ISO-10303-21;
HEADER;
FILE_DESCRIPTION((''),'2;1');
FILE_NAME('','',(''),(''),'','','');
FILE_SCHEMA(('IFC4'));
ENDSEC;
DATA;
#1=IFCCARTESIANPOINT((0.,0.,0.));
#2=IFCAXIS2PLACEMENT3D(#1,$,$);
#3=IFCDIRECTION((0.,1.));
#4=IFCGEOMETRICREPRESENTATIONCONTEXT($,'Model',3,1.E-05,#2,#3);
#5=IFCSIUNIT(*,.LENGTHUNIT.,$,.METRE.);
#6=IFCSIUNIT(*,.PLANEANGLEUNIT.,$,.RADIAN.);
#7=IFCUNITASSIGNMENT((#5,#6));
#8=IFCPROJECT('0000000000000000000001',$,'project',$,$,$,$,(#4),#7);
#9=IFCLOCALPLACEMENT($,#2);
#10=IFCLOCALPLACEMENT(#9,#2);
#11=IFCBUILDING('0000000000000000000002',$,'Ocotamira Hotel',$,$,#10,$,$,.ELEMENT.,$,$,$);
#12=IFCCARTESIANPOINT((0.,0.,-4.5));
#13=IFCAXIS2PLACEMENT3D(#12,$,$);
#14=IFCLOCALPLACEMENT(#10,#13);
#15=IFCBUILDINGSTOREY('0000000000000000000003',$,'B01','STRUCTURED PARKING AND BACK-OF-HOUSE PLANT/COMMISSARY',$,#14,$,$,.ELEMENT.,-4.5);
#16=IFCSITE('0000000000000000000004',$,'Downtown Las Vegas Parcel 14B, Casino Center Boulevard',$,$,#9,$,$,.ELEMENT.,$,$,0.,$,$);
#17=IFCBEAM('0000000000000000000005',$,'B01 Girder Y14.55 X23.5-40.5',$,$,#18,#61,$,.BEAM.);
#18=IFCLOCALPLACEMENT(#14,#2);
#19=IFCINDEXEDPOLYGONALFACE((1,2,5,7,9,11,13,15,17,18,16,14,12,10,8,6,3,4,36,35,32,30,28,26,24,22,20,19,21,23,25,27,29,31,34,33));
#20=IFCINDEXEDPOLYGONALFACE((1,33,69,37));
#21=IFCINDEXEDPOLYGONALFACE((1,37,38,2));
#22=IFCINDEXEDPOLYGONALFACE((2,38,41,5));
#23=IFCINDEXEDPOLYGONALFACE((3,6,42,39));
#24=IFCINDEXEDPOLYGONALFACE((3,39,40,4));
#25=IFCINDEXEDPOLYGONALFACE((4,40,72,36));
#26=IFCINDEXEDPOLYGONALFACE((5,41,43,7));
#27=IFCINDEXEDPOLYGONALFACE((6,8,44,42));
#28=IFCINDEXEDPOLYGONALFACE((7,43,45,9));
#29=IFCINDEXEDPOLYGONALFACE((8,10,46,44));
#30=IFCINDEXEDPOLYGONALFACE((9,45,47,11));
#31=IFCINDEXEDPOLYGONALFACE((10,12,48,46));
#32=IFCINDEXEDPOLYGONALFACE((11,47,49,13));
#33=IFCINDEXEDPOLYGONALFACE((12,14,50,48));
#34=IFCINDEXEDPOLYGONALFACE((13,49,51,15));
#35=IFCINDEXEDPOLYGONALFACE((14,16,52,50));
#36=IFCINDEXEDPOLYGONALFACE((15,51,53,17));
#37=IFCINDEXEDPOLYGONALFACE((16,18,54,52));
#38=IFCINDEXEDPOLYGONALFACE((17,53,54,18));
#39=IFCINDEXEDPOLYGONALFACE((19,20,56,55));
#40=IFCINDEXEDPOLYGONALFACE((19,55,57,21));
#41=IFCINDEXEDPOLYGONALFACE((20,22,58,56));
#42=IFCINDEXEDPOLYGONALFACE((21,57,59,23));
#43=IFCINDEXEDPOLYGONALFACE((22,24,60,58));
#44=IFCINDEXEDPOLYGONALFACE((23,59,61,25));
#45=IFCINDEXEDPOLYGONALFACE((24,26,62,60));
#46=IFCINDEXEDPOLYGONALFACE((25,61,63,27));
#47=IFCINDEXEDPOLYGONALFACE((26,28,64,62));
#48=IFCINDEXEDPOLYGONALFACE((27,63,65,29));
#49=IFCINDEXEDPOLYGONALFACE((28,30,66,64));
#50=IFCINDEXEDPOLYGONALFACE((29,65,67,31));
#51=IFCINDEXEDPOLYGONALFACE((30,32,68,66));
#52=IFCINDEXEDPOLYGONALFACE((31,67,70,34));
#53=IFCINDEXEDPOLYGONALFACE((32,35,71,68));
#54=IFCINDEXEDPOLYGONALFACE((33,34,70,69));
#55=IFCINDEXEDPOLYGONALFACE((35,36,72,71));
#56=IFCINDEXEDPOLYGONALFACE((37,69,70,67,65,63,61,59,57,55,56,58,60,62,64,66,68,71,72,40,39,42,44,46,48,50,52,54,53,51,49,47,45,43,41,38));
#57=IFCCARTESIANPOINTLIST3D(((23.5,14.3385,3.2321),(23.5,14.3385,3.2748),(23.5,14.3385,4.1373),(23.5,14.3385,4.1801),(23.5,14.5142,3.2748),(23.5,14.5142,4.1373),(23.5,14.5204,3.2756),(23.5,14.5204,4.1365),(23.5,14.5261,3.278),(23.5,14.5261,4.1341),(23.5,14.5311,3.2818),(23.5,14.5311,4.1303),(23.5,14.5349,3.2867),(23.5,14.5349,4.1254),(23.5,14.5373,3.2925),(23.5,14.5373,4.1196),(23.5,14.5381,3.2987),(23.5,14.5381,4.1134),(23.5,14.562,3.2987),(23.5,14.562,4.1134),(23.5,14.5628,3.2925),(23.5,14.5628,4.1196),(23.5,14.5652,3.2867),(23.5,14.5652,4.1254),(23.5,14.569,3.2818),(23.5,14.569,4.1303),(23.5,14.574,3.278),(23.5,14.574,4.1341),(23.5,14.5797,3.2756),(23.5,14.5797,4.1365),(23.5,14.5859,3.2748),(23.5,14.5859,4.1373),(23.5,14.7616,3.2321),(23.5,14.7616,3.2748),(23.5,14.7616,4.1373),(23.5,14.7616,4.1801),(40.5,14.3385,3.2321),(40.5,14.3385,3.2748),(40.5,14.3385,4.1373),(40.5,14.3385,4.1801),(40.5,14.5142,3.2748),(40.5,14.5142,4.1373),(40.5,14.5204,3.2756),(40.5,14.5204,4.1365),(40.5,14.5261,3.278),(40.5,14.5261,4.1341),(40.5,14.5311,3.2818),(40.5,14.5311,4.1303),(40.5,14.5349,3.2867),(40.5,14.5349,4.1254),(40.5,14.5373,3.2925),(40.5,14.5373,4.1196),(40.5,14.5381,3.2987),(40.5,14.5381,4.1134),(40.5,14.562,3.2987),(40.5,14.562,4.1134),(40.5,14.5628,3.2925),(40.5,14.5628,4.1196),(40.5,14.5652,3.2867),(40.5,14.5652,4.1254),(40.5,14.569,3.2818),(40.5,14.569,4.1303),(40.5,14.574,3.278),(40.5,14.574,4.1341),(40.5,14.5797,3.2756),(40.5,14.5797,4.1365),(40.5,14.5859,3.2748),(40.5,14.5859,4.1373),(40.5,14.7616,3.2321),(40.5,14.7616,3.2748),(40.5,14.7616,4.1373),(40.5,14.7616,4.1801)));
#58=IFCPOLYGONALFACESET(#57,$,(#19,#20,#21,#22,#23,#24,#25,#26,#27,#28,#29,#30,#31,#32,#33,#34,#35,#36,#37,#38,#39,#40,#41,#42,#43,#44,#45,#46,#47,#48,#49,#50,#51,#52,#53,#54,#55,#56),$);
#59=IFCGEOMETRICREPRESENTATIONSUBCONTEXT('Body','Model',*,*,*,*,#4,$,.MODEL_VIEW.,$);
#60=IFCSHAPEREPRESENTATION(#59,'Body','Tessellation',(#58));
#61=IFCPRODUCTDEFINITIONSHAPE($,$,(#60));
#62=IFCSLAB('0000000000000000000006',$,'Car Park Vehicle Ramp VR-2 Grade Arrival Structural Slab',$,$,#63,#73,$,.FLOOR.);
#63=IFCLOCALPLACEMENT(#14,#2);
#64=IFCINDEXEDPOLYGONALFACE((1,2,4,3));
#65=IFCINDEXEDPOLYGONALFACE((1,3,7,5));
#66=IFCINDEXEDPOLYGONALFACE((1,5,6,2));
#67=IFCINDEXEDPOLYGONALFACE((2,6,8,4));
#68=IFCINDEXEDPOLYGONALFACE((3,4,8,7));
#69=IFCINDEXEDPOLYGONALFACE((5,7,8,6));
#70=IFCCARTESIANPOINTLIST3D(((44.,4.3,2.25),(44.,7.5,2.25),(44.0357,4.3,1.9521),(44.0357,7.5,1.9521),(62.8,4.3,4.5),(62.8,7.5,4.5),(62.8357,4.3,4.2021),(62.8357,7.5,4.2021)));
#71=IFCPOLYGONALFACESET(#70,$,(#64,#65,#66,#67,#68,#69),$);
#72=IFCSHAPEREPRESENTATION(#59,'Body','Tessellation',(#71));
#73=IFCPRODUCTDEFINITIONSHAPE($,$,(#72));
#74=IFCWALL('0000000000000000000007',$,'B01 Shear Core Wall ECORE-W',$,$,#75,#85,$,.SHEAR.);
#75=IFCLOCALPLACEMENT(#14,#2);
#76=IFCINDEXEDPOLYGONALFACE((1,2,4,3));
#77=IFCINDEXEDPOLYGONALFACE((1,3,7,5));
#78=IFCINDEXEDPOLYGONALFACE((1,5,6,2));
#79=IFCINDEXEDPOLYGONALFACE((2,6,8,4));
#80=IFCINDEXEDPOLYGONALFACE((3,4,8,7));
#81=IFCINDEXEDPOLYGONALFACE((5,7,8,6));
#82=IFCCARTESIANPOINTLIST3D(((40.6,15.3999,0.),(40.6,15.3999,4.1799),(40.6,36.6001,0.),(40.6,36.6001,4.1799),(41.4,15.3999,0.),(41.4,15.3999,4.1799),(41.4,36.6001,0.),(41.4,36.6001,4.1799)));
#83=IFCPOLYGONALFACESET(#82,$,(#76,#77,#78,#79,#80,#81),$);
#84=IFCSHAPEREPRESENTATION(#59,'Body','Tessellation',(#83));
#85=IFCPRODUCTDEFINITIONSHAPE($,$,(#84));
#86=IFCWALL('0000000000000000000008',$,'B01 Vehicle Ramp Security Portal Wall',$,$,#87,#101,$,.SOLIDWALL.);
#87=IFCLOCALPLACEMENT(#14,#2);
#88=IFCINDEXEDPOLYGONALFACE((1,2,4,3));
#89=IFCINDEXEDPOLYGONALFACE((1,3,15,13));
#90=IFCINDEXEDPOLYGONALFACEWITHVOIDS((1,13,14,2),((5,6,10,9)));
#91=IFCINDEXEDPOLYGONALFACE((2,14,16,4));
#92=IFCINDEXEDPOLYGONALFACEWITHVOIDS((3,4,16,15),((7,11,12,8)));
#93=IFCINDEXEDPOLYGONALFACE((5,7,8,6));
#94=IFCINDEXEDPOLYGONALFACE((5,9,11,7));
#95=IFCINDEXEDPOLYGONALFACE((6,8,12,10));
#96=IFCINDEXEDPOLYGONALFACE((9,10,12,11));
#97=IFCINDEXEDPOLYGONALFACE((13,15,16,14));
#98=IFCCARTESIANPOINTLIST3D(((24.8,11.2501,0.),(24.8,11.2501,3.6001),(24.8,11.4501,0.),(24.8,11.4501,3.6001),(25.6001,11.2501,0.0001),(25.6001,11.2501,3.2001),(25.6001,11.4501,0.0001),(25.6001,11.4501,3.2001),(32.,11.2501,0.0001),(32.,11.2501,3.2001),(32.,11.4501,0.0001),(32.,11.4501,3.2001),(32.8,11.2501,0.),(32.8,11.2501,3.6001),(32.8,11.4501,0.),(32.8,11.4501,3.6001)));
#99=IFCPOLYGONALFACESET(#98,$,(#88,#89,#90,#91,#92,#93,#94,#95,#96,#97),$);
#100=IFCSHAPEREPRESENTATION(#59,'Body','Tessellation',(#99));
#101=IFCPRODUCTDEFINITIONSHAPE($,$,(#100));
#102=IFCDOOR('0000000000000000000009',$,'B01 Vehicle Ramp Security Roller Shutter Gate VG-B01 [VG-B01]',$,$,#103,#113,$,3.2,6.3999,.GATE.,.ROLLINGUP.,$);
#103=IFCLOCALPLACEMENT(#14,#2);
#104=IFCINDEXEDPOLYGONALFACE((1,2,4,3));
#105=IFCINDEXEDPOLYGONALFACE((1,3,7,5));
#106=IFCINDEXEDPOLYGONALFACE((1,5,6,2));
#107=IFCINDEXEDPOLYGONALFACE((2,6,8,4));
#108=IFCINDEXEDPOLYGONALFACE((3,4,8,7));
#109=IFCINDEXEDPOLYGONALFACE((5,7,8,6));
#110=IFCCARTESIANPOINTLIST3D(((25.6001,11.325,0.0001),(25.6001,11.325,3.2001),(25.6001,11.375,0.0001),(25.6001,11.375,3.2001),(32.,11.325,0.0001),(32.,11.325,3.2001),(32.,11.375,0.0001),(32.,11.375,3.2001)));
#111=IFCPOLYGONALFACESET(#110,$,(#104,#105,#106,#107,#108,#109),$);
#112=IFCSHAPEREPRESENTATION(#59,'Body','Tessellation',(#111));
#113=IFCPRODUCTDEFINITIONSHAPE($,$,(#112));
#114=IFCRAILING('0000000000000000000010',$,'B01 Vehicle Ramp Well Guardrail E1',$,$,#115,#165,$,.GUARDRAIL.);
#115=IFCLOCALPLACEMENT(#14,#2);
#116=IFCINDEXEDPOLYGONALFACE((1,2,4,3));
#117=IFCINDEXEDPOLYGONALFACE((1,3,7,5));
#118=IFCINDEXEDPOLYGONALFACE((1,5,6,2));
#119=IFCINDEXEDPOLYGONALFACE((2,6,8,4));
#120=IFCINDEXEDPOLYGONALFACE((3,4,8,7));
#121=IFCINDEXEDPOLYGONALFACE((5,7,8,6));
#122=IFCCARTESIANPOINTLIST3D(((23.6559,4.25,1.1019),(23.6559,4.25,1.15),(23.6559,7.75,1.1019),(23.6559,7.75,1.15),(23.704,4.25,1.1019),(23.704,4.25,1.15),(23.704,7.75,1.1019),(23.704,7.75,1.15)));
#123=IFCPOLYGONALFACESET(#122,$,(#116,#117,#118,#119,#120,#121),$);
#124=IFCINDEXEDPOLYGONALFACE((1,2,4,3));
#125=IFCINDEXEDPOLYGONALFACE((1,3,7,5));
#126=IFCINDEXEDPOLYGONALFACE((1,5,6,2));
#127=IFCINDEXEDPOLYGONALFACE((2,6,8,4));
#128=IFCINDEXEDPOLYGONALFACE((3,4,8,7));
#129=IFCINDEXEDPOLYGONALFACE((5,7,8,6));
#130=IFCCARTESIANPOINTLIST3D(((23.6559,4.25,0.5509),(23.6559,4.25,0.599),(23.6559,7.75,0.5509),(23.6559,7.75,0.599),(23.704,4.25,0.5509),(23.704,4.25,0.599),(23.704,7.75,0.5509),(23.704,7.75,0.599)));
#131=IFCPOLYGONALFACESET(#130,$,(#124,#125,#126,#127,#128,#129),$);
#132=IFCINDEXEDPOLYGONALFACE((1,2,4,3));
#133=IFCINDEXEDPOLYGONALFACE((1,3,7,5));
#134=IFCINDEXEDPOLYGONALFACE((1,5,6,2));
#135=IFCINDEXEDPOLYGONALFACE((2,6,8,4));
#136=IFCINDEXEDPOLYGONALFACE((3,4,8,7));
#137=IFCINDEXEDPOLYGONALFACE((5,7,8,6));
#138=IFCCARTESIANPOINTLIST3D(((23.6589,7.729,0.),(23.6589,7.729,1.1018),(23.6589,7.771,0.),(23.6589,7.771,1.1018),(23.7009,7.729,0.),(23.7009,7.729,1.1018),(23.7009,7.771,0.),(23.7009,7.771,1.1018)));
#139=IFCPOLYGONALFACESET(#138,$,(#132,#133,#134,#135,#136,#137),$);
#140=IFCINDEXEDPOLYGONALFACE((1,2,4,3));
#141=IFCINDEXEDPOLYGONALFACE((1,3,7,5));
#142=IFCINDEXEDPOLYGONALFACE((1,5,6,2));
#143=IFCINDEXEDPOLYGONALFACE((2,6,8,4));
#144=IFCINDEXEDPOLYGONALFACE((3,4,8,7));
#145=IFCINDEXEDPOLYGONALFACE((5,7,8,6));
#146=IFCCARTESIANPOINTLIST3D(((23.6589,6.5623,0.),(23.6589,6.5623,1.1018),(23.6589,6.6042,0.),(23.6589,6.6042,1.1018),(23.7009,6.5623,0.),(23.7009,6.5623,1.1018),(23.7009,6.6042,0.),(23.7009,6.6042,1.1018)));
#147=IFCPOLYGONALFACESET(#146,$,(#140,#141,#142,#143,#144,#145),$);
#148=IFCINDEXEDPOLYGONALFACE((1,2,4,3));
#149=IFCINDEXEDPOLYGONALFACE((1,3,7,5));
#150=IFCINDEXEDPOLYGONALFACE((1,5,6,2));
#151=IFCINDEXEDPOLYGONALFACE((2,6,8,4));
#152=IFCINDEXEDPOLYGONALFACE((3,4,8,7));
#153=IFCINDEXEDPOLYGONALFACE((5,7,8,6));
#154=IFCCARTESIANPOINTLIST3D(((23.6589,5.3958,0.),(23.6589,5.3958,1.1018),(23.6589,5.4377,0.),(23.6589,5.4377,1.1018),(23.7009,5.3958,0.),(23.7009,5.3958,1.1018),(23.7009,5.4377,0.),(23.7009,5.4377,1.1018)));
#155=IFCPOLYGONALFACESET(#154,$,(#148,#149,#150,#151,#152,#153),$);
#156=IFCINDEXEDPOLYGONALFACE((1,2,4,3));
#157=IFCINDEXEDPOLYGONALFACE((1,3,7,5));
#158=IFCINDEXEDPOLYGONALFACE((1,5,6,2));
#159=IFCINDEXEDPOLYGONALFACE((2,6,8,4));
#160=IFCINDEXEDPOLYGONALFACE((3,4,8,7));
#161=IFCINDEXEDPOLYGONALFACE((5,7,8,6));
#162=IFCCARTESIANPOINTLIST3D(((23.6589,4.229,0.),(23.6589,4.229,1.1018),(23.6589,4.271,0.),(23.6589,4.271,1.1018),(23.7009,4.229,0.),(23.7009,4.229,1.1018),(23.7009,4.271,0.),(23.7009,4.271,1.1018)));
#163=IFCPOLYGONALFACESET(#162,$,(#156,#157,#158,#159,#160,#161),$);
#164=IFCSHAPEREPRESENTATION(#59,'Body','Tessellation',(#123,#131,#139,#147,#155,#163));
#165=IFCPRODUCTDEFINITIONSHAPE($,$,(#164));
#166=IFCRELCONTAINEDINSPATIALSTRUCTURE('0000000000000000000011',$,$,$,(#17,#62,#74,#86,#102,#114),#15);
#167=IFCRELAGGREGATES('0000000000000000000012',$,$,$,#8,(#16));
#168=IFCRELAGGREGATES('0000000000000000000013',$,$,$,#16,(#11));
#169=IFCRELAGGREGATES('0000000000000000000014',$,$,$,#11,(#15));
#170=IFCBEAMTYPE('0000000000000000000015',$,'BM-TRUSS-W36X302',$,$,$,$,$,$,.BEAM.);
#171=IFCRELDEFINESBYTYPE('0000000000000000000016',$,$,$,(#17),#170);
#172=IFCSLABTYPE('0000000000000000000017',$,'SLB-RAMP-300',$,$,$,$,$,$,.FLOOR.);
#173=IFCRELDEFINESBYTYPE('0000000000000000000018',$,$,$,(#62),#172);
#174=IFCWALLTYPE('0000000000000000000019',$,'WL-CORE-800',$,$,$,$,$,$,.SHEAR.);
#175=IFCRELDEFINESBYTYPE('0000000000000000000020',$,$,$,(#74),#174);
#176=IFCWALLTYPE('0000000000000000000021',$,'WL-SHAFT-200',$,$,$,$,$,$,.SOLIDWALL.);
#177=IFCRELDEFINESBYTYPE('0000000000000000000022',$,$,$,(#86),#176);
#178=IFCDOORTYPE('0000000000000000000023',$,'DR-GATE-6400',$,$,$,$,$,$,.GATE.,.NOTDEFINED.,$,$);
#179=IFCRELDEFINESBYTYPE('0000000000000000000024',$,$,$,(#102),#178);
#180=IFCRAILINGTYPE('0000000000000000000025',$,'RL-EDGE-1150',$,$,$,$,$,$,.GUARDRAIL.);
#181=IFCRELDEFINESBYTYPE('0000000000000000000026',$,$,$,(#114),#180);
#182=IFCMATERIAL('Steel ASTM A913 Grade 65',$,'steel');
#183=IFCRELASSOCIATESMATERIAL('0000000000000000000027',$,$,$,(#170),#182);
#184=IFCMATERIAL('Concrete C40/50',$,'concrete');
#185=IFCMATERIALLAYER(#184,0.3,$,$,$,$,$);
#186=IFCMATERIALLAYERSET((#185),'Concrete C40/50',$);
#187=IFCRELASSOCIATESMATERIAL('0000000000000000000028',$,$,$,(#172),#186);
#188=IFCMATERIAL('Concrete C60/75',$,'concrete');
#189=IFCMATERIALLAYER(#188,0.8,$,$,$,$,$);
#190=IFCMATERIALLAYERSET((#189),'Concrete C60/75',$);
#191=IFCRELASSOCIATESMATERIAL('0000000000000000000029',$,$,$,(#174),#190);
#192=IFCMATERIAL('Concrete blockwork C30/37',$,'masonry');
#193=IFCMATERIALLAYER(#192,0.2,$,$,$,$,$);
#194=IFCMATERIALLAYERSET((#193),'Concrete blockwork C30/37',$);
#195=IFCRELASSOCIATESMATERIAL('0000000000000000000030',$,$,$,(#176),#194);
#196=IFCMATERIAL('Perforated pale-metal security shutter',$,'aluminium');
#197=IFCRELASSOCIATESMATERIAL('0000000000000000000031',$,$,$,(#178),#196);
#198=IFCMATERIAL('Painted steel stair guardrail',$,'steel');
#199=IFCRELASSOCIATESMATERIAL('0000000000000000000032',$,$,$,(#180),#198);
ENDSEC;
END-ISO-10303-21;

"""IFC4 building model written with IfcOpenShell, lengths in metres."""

from ifc_helpers import new_model, si_unit, direction, frame, frame_2d, origin, origin_2d, place, context, subcontext, project, spatial, polyline, rectangle, i_section, outline, extrude, source, transform, mapped, material, layer, layer_set, material_profile, profile_set, type_object, element, fill, save


model = new_model("IFC4")

# Units and contexts
model_context = context("Model", 3, precision=1e-05, world=origin(), true_north=direction((0.0, 1.0)))
body_context = subcontext(model_context, "Body", "Model", "MODEL_VIEW")
ifc_project = project(units=[si_unit("LENGTHUNIT", "METRE"), si_unit("PLANEANGLEUNIT", "RADIAN")], contexts=[model_context])

# Site, building, storey
site_placement = place(None, origin())
site = spatial("IfcSite", under=ifc_project, at=site_placement, Name="Downtown Las Vegas Parcel 14B, Casino Center Boulevard", CompositionType="ELEMENT", RefElevation=0.0)
building_placement = place(site_placement, origin())
building = spatial("IfcBuilding", under=site, at=building_placement, Name="Ocotamira Hotel", CompositionType="ELEMENT")
storey_placement = place(building_placement, frame((0.0, 0.0, -4.5)))
storey = spatial("IfcBuildingStorey", under=building, at=storey_placement, Name="B01", Description="STRUCTURED PARKING AND BACK-OF-HOUSE PLANT/COMMISSARY", CompositionType="ELEMENT", Elevation=-4.5)

# Shared definitions
ifc_material_1 = material(Name="Concrete C60/75", Category="concrete")

# Beam
ifc_material_2 = material(Name="Steel ASTM A913 Grade 65", Category="steel")
ifc_material_profile_1 = material_profile(ifc_material_2, i_section(OverallWidth=0.4231, OverallDepth=0.948, WebThickness=0.0239, FlangeThickness=0.0427, FilletRadius=0.0239, at=origin_2d()), Name="W36X302")
ifc_profile_set_1 = profile_set([ifc_material_profile_1], Name="Steel ASTM A913 Grade 65")
beam_type_1 = type_object("IfcBeamType", Name="BM-TRUSS-W36X302", PredefinedType="BEAM", material=ifc_profile_set_1)
shared_shape_1 = source(origin(), body_context, "Body", "SweptSolid", [
    extrude(i_section(OverallWidth=0.4231, OverallDepth=0.948, WebThickness=0.0239, FlangeThickness=0.0427, FilletRadius=0.0239, at=origin_2d()), origin(), (0.0, 0.0, 1.0), 17.0),
])
for number, where, z_axis, x_axis, name in (
    (1, (23.5, 14.55, 3.7061), (1.0, 0.0, 0.0), (0.0, 1.0, 0.0), "B01 Girder Y14.55 X23.5-40.5"),
):
    element("IfcBeam", number, at=place(storey_placement, frame(where, z_axis=z_axis, x_axis=x_axis)), inside=storey, type_object=beam_type_1, Name=name, PredefinedType="BEAM", context=body_context, shape_type="MappedRepresentation", body=[
        mapped(shared_shape_1, transform((0.0, 0.0, 0.0), scale=1.0)),
    ])

# Slab
ifc_material_3 = material(Name="Concrete C40/50", Category="concrete")
ifc_layer_1 = layer(ifc_material_3, 0.3)
ifc_layer_set_1 = layer_set([ifc_layer_1], Name="Concrete C40/50")
slab_type = type_object("IfcSlabType", Name="SLB-RAMP-300", PredefinedType="FLOOR", material=ifc_layer_set_1)
slab_placement = place(storey_placement, frame((44.0, 4.3, 2.25), z_axis=(-0.118833, 0.0, 0.992914), x_axis=(0.992914, 0.0, 0.118833)))
element("IfcSlab", 2, at=slab_placement, inside=storey, type_object=slab_type, Name="Car Park Vehicle Ramp VR-2 Grade Arrival Structural Slab", PredefinedType="FLOOR", context=body_context, shape_type="SweptSolid", body=[
    extrude(outline(polyline([(0.0, 0.0), (18.9342, 0.0), (18.9342, 3.2), (0.0, 3.2), (0.0, 0.0)])), origin(), (0.0, 0.0, -1.0), 0.3),
])

# Shared definitions
ifc_layer_2 = layer(ifc_material_1, 0.8)
ifc_layer_set_2 = layer_set([ifc_layer_2], Name="Concrete C60/75")
wall_type_1 = type_object("IfcWallType", Name="WL-CORE-800", PredefinedType="SHEAR", material=ifc_layer_set_2)

# Wall
wall_1_placement = place(storey_placement, frame((41.0, 15.3999, 0.0), z_axis=(0.0, 0.0, 1.0), x_axis=(0.0, 1.0, 0.0)))
element("IfcWall", 3, at=wall_1_placement, inside=storey, type_object=wall_type_1, Name="B01 Shear Core Wall ECORE-W", PredefinedType="SHEAR", context=body_context, shape_type="SweptSolid", body=[
    extrude(rectangle(XDim=21.2002, YDim=0.8, at=frame_2d((10.6001, 0.0))), origin(), (0.0, 0.0, 1.0), 4.1799),
])

# Wall, opening, door
ifc_material_4 = material(Name="Concrete blockwork C30/37", Category="masonry")
ifc_layer_3 = layer(ifc_material_4, 0.2)
ifc_layer_set_3 = layer_set([ifc_layer_3], Name="Concrete blockwork C30/37")
wall_type_2 = type_object("IfcWallType", Name="WL-SHAFT-200", PredefinedType="SOLIDWALL", material=ifc_layer_set_3)
wall_2_placement = place(storey_placement, frame((24.8, 11.3501, 0.0), z_axis=(0.0, 0.0, 1.0), x_axis=(1.0, 0.0, 0.0)))
wall_2 = element("IfcWall", 4, at=wall_2_placement, inside=storey, type_object=wall_type_2, Name="B01 Vehicle Ramp Security Portal Wall", PredefinedType="SOLIDWALL", context=body_context, shape_type="SweptSolid", body=[
    extrude(rectangle(XDim=8.0, YDim=0.2, at=frame_2d((4.0, 0.0))), origin(), (0.0, 0.0, 1.0), 3.6001),
])
opening_1_placement = place(wall_2_placement, frame((0.8, 0.0, 0.0)))
opening_1 = element("IfcOpeningElement", 5, at=opening_1_placement, cuts=wall_2, PredefinedType="OPENING", context=body_context, shape_type="SweptSolid", body=[
    extrude(rectangle(XDim=6.3999, YDim=3.2, at=frame_2d((3.2, 1.6001))), frame((0.0, 0.1099, 0.0), z_axis=(0.0, -1.0, 0.0), x_axis=(1.0, 0.0, 0.0)), (0.0, 0.0, 1.0), 0.22),
])
ifc_material_5 = material(Name="Perforated pale-metal security shutter", Category="aluminium")
door_type_1 = type_object("IfcDoorType", Name="DR-GATE-6400", OperationType="NOTDEFINED", PredefinedType="GATE", material=ifc_material_5)
shared_shape_2 = source(origin(), body_context, "Body", "SweptSolid", [
    extrude(rectangle(XDim=6.3999, YDim=3.2, at=frame_2d((3.2, 1.6001))), frame((0.0, 0.0249, 0.0), z_axis=(0.0, -1.0, 0.0), x_axis=(1.0, 0.0, 0.0)), (0.0, 0.0, 1.0), 0.05),
])
door_1_placement = place(opening_1_placement, origin())
door_1 = element("IfcDoor", 6, at=door_1_placement, inside=storey, type_object=door_type_1, Name="B01 Vehicle Ramp Security Roller Shutter Gate VG-B01 [VG-B01]", OperationType="ROLLINGUP", OverallHeight=3.2, OverallWidth=6.3999, PredefinedType="GATE", context=body_context, shape_type="MappedRepresentation", body=[
    mapped(shared_shape_2, transform((0.0, 0.0, 0.0), scale=1.0)),
])
fill(opening_1, door_1)

# Railing
ifc_material_6 = material(Name="Painted steel stair guardrail", Category="steel")
railing_type = type_object("IfcRailingType", Name="RL-EDGE-1150", PredefinedType="GUARDRAIL", material=ifc_material_6)
railing_1_placement = place(storey_placement, frame((23.6799, 7.75, 0.0)))
element("IfcRailing", 7, at=railing_1_placement, inside=storey, type_object=railing_type, Name="B01 Vehicle Ramp Well Guardrail E1", PredefinedType="GUARDRAIL", context=body_context, shape_type="SweptSolid", body=[
    extrude(rectangle(XDim=0.0481, YDim=0.0481, at=origin_2d()), frame((0.0, 0.0, 1.126), z_axis=(0.0, -1.0, 0.0), x_axis=(1.0, 0.0, 0.0)), (0.0, 0.0, 1.0), 3.5),
    extrude(rectangle(XDim=0.0481, YDim=0.0481, at=origin_2d()), frame((0.0, 0.0, 0.575), z_axis=(0.0, -1.0, 0.0), x_axis=(1.0, 0.0, 0.0)), (0.0, 0.0, 1.0), 3.5),
    extrude(rectangle(XDim=0.042, YDim=0.042, at=origin_2d()), origin(), (0.0, 0.0, 1.0), 1.1018),
    extrude(rectangle(XDim=0.042, YDim=0.042, at=origin_2d()), frame((0.0, -1.1667, 0.0)), (0.0, 0.0, 1.0), 1.1018),
    extrude(rectangle(XDim=0.042, YDim=0.042, at=origin_2d()), frame((0.0, -2.3333, 0.0)), (0.0, 0.0, 1.0), 1.1018),
    extrude(rectangle(XDim=0.042, YDim=0.042, at=origin_2d()), frame((0.0, -3.5, 0.0)), (0.0, 0.0, 1.0), 1.1018),
])

save(model, "model.ifc")
